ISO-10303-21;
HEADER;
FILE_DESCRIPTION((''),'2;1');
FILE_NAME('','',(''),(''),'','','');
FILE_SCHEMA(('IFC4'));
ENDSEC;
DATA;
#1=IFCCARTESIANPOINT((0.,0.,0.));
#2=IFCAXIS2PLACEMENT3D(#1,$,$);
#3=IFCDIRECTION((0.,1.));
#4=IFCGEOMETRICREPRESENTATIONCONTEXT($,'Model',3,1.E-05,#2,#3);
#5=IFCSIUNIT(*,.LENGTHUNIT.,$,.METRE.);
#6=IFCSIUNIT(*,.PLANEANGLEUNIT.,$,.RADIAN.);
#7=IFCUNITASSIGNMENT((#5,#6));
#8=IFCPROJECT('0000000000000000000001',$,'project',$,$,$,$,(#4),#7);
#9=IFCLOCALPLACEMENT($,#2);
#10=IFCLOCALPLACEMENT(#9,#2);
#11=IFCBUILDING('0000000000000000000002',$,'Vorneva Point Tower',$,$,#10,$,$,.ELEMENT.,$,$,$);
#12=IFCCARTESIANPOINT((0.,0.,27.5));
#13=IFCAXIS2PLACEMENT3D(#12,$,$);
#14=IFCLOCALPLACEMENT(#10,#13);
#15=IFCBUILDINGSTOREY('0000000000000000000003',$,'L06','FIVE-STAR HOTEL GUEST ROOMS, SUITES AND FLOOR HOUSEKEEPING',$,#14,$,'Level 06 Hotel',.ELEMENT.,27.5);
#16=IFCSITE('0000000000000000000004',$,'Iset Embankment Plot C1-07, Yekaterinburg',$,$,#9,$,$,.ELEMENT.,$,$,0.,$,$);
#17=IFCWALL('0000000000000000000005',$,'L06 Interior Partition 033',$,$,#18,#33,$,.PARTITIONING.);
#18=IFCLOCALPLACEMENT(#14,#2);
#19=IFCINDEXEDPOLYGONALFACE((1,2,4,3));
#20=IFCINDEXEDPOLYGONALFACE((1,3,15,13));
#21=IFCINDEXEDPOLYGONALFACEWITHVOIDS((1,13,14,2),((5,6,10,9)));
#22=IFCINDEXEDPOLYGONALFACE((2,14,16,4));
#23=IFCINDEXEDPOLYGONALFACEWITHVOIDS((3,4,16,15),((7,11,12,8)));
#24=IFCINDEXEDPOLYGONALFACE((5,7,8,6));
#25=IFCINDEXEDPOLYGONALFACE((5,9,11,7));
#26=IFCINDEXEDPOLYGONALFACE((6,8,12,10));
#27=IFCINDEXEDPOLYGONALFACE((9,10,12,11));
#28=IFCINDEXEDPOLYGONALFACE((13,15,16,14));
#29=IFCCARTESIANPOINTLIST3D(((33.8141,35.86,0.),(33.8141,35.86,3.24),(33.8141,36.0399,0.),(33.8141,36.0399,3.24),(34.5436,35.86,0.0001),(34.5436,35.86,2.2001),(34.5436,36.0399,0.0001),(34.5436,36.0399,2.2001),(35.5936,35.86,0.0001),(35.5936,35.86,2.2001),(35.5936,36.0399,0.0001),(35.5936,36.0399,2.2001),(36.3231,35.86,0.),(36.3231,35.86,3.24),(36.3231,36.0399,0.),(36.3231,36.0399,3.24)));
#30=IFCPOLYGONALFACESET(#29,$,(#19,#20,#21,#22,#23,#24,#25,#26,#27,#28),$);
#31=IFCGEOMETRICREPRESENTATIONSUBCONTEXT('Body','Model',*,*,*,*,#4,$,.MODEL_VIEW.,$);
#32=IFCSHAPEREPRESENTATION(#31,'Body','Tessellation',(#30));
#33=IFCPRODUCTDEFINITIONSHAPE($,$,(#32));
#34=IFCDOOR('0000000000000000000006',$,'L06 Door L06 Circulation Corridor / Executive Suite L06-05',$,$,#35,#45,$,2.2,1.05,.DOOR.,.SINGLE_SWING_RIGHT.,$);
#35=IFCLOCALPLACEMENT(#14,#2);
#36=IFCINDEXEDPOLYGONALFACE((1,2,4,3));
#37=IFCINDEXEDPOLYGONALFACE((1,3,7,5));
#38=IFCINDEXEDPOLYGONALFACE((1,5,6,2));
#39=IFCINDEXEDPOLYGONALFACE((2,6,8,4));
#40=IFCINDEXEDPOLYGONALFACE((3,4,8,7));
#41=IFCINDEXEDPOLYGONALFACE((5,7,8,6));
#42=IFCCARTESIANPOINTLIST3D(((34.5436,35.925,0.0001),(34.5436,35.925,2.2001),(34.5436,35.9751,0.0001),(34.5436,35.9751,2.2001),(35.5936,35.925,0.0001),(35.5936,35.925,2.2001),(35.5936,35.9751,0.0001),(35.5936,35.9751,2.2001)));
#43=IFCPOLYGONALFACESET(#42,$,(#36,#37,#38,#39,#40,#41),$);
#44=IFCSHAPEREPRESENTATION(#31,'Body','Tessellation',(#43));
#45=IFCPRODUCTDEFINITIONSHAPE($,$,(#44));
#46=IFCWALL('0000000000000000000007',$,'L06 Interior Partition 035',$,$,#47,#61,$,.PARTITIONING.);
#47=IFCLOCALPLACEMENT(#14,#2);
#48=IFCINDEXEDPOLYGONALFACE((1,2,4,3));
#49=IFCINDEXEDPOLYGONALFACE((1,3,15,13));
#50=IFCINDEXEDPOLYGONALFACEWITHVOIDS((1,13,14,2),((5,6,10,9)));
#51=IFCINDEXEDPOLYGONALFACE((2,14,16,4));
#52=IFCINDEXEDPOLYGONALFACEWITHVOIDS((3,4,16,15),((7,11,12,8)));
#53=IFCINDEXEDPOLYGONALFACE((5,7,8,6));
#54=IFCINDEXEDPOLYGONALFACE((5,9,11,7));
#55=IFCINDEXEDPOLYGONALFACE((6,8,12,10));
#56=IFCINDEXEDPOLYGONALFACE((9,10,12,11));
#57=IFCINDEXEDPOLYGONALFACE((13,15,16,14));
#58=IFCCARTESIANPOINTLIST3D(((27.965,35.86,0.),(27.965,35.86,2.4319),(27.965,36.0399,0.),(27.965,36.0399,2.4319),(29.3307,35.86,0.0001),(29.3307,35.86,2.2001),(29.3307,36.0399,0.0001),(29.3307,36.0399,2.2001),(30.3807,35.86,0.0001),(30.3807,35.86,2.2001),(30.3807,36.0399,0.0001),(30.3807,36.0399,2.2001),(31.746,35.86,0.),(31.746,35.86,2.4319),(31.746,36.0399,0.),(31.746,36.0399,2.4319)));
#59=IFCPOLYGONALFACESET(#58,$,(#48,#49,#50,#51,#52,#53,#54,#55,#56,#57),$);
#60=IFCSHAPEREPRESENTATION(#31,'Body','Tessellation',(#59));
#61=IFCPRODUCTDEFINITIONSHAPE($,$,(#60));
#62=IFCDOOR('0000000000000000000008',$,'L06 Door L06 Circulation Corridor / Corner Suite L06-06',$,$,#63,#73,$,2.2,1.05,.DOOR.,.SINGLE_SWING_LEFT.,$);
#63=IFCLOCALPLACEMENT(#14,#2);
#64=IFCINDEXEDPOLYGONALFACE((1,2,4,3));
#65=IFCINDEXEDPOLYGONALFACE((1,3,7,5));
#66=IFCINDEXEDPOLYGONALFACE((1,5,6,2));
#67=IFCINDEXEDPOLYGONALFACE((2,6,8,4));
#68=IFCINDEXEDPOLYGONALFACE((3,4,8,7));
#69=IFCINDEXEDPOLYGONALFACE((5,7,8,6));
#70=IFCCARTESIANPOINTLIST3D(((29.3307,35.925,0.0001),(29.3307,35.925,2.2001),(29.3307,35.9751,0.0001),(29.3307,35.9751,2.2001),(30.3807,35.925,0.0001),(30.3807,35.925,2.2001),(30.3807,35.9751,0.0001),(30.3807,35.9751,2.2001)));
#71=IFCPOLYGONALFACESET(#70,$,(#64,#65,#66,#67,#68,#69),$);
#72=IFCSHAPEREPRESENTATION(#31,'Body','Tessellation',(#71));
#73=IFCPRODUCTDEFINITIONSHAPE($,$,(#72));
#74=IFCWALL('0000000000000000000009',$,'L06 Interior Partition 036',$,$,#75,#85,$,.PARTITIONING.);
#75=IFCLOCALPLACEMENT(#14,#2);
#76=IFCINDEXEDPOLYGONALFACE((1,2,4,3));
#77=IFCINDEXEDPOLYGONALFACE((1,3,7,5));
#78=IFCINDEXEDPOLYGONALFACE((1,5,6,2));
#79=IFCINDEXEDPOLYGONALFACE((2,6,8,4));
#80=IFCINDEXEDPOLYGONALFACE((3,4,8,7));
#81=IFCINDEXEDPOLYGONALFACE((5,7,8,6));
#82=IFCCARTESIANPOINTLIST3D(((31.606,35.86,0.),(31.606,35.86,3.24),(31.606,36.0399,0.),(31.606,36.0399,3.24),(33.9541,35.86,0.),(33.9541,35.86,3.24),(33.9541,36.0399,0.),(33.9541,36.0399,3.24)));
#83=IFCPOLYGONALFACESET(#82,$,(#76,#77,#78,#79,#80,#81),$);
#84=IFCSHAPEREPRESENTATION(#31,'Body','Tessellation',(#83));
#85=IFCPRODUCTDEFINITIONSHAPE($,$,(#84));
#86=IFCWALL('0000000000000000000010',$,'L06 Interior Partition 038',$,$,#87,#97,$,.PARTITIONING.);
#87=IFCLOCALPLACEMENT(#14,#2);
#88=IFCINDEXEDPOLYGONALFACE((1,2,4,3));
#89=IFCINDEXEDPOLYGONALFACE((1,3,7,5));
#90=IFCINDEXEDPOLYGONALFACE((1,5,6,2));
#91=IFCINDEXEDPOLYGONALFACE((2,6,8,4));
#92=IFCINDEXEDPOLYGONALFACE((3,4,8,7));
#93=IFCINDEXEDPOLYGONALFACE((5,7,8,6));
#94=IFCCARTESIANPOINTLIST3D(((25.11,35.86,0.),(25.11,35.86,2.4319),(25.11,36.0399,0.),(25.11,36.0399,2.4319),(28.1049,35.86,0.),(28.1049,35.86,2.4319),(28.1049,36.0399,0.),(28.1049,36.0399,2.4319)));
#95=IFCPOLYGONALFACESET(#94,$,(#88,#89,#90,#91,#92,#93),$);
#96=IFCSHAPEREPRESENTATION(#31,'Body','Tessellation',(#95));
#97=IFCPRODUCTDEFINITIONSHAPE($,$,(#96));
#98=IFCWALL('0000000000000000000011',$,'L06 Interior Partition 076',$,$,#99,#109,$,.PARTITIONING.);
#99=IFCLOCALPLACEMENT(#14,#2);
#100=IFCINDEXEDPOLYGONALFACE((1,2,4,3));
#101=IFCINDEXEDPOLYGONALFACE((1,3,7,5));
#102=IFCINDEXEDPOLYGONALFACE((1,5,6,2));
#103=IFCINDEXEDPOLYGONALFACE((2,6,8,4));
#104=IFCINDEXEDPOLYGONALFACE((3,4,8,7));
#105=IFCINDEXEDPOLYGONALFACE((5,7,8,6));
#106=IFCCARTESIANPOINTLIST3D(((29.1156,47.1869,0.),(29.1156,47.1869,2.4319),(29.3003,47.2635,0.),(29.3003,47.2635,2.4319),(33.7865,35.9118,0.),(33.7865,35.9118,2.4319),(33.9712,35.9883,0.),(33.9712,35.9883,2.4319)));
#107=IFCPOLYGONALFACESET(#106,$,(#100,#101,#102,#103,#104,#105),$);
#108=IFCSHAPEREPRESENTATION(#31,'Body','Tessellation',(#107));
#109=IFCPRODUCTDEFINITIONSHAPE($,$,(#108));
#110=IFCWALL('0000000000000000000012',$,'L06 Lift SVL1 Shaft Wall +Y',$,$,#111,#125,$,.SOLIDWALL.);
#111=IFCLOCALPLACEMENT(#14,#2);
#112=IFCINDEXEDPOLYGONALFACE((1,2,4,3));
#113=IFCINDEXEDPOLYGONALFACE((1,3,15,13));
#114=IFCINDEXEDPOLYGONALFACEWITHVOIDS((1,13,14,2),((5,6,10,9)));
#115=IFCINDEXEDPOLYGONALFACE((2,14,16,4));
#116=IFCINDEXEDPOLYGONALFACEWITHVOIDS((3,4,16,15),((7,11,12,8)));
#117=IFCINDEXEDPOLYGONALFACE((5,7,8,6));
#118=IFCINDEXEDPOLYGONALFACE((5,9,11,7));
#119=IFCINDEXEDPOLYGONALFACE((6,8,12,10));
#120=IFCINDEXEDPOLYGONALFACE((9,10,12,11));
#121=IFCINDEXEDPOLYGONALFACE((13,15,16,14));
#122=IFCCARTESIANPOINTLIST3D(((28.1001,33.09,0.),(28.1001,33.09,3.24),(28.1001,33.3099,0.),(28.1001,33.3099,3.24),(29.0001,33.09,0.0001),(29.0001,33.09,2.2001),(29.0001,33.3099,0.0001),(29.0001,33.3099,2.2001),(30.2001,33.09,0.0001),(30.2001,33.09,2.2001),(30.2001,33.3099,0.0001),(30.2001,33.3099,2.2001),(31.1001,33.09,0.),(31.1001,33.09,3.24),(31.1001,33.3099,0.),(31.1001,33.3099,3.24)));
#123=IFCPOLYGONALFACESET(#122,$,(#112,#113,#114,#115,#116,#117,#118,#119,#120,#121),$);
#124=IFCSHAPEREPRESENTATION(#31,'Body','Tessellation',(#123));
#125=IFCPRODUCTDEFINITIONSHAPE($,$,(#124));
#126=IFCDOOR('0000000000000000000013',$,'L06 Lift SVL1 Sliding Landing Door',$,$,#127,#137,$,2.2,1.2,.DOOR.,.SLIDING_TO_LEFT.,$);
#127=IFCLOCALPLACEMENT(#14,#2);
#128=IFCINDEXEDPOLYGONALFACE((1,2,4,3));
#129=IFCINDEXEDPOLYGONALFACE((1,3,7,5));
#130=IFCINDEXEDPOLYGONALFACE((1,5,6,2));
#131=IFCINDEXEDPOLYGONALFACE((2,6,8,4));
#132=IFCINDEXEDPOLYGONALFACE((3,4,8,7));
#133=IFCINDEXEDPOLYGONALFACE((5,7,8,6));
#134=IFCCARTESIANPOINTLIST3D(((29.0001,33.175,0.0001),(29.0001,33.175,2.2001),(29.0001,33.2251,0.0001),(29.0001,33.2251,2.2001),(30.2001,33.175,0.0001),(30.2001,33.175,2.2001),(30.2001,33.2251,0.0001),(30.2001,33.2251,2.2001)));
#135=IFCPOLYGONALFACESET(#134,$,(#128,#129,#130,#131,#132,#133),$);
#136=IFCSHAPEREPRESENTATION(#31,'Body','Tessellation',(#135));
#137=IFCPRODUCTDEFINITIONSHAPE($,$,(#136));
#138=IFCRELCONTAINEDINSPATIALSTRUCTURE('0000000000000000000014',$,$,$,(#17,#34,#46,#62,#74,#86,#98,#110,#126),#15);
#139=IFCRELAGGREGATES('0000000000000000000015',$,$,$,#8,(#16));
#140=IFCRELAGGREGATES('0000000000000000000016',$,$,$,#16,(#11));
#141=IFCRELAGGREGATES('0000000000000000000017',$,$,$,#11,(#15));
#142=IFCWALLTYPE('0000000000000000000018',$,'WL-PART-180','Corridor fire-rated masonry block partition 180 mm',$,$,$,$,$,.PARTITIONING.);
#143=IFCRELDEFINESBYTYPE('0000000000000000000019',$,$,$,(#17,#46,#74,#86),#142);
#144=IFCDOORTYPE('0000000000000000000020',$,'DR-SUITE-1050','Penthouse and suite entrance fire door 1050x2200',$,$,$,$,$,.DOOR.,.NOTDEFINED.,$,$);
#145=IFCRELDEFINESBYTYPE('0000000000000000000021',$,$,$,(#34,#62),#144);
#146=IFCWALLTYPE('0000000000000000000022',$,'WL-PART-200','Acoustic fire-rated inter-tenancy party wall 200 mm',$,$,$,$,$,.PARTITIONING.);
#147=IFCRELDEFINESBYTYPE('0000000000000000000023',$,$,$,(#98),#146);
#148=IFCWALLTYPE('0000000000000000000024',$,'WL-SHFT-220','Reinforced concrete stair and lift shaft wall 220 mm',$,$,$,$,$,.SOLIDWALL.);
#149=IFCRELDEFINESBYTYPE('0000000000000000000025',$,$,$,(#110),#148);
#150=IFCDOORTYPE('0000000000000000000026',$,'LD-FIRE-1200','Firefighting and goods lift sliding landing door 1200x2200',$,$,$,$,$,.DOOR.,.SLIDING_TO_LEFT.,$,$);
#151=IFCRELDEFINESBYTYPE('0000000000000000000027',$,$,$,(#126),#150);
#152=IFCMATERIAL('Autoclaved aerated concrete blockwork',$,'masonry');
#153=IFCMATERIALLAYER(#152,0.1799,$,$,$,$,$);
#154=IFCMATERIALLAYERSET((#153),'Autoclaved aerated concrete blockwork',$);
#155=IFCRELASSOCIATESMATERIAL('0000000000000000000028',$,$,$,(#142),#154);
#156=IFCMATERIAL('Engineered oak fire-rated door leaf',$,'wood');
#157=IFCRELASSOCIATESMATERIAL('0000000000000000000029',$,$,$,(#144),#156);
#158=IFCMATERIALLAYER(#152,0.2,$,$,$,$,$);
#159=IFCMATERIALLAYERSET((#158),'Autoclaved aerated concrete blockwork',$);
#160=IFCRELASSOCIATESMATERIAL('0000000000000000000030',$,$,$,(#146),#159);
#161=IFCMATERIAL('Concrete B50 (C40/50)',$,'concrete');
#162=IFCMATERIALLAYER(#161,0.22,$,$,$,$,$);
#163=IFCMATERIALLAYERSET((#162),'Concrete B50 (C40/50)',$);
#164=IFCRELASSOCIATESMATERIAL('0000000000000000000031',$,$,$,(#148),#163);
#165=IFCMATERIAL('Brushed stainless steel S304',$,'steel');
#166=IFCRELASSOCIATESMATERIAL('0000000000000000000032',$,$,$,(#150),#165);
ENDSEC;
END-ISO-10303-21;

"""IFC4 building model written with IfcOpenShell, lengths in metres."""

from ifc_helpers import new_model, si_unit, direction, frame, frame_2d, origin, place, context, subcontext, project, spatial, rectangle, extrude, material, layer, layer_set, type_object, element, fill, save


model = new_model("IFC4")

# Units and contexts
model_context = context("Model", 3, precision=1e-05, world=origin(), true_north=direction((0.0, 1.0)))
body_context = subcontext(model_context, "Body", "Model", "MODEL_VIEW")
ifc_project = project(units=[si_unit("LENGTHUNIT", "METRE"), si_unit("PLANEANGLEUNIT", "RADIAN")], contexts=[model_context])

# Site, building, storey
site_placement = place(None, origin())
site = spatial("IfcSite", under=ifc_project, at=site_placement, Name="Iset Embankment Plot C1-07, Yekaterinburg", CompositionType="ELEMENT", RefElevation=0.0)
building_placement = place(site_placement, origin())
building = spatial("IfcBuilding", under=site, at=building_placement, Name="Vorneva Point Tower", CompositionType="ELEMENT")
storey_placement = place(building_placement, frame((0.0, 0.0, 27.5)))
storey = spatial("IfcBuildingStorey", under=building, at=storey_placement, Name="L06", Description="FIVE-STAR HOTEL GUEST ROOMS, SUITES AND FLOOR HOUSEKEEPING", LongName="Level 06 Hotel", CompositionType="ELEMENT", Elevation=27.5)

# Shared definitions
ifc_material_1 = material(Name="Engineered oak fire-rated door leaf", Category="wood")

# Shared definitions
ifc_material_2 = material(Name="Autoclaved aerated concrete blockwork", Category="masonry")
ifc_layer_1 = layer(ifc_material_2, 0.1799)
ifc_layer_set_1 = layer_set([ifc_layer_1], Name="Autoclaved aerated concrete blockwork")
wall_type_1 = type_object("IfcWallType", Name="WL-PART-180", Description="Corridor fire-rated masonry block partition 180 mm", PredefinedType="PARTITIONING", material=ifc_layer_set_1)

# Walls, openings, doors
wall_1_placement = place(storey_placement, frame((36.323, 35.95, 0.0), z_axis=(0.0, 0.0, 1.0), x_axis=(-1.0, 0.0, 0.0)))
wall_1 = element("IfcWall", 1, at=wall_1_placement, inside=storey, type_object=wall_type_1, Name="L06 Interior Partition 033", PredefinedType="PARTITIONING", context=body_context, shape_type="SweptSolid", body=[
    extrude(rectangle(XDim=2.509, YDim=0.1799, at=frame_2d((1.2544, 0.0))), origin(), (0.0, 0.0, 1.0), 3.24),
])
opening_1_placement = place(wall_1_placement, frame((0.7295, 0.0, 0.0)))
opening_1 = element("IfcOpeningElement", 2, at=opening_1_placement, cuts=wall_1, PredefinedType="OPENING", context=body_context, shape_type="SweptSolid", body=[
    extrude(rectangle(XDim=1.05, YDim=2.2, at=frame_2d((0.5249, 1.1001))), frame((0.0, 0.105, 0.0), z_axis=(0.0, -1.0, 0.0), x_axis=(1.0, 0.0, 0.0)), (0.0, 0.0, 1.0), 0.2097),
])
door_type_1 = type_object("IfcDoorType", Name="DR-SUITE-1050", Description="Penthouse and suite entrance fire door 1050x2200", OperationType="NOTDEFINED", PredefinedType="DOOR", material=ifc_material_1)
door_1_placement = place(opening_1_placement, origin())
door_1 = element("IfcDoor", 3, at=door_1_placement, inside=storey, type_object=door_type_1, Name="L06 Door L06 Circulation Corridor / Executive Suite L06-05", OperationType="SINGLE_SWING_RIGHT", OverallHeight=2.2, OverallWidth=1.05, PredefinedType="DOOR", context=body_context, shape_type="SweptSolid", body=[
    extrude(rectangle(XDim=1.05, YDim=2.2, at=frame_2d((0.5249, 1.1001))), frame((0.0, 0.0249, 0.0), z_axis=(0.0, -1.0, 0.0), x_axis=(1.0, 0.0, 0.0)), (0.0, 0.0, 1.0), 0.05),
])
fill(opening_1, door_1)
wall_2_placement = place(storey_placement, frame((31.7461, 35.95, 0.0), z_axis=(0.0, 0.0, 1.0), x_axis=(-1.0, 0.0, 0.0)))
wall_2 = element("IfcWall", 4, at=wall_2_placement, inside=storey, type_object=wall_type_1, Name="L06 Interior Partition 035", PredefinedType="PARTITIONING", context=body_context, shape_type="SweptSolid", body=[
    extrude(rectangle(XDim=3.781, YDim=0.1799, at=frame_2d((1.8906, 0.0))), origin(), (0.0, 0.0, 1.0), 2.4319),
])
opening_2_placement = place(wall_2_placement, frame((1.3655, 0.0, 0.0)))
opening_2 = element("IfcOpeningElement", 5, at=opening_2_placement, cuts=wall_2, PredefinedType="OPENING", context=body_context, shape_type="SweptSolid", body=[
    extrude(rectangle(XDim=1.05, YDim=2.2, at=frame_2d((0.5249, 1.1001))), frame((0.0, 0.105, 0.0), z_axis=(0.0, -1.0, 0.0), x_axis=(1.0, 0.0, 0.0)), (0.0, 0.0, 1.0), 0.2097),
])
door_2_placement = place(opening_2_placement, origin())
door_2 = element("IfcDoor", 6, at=door_2_placement, inside=storey, type_object=door_type_1, Name="L06 Door L06 Circulation Corridor / Corner Suite L06-06", OperationType="SINGLE_SWING_LEFT", OverallHeight=2.2, OverallWidth=1.05, PredefinedType="DOOR", context=body_context, shape_type="SweptSolid", body=[
    extrude(rectangle(XDim=1.05, YDim=2.2, at=frame_2d((0.5249, 1.1001))), frame((0.0, 0.0249, 0.0), z_axis=(0.0, -1.0, 0.0), x_axis=(1.0, 0.0, 0.0)), (0.0, 0.0, 1.0), 0.05),
])
fill(opening_2, door_2)

# Walls
wall_3_placement = place(storey_placement, frame((33.9541, 35.95, 0.0), z_axis=(0.0, 0.0, 1.0), x_axis=(-1.0, 0.0, 0.0)))
element("IfcWall", 7, at=wall_3_placement, inside=storey, type_object=wall_type_1, Name="L06 Interior Partition 036", PredefinedType="PARTITIONING", context=body_context, shape_type="SweptSolid", body=[
    extrude(rectangle(XDim=2.3481, YDim=0.1799, at=frame_2d((1.1741, 0.0))), origin(), (0.0, 0.0, 1.0), 3.24),
])
wall_4_placement = place(storey_placement, frame((28.105, 35.95, 0.0), z_axis=(0.0, 0.0, 1.0), x_axis=(-1.0, 0.0, 0.0)))
element("IfcWall", 8, at=wall_4_placement, inside=storey, type_object=wall_type_1, Name="L06 Interior Partition 038", PredefinedType="PARTITIONING", context=body_context, shape_type="SweptSolid", body=[
    extrude(rectangle(XDim=2.9949, YDim=0.1799, at=frame_2d((1.4976, 0.0))), origin(), (0.0, 0.0, 1.0), 2.4319),
])
ifc_layer_2 = layer(ifc_material_2, 0.2)
ifc_layer_set_2 = layer_set([ifc_layer_2], Name="Autoclaved aerated concrete blockwork")
wall_type_2 = type_object("IfcWallType", Name="WL-PART-200", Description="Acoustic fire-rated inter-tenancy party wall 200 mm", PredefinedType="PARTITIONING", material=ifc_layer_set_2)
wall_5_placement = place(storey_placement, frame((29.208, 47.2251, 0.0), z_axis=(0.0, 0.0, 1.0), x_axis=(0.382724, -0.923863, 0.0)))
element("IfcWall", 9, at=wall_5_placement, inside=storey, type_object=wall_type_2, Name="L06 Interior Partition 076", PredefinedType="PARTITIONING", context=body_context, shape_type="SweptSolid", body=[
    extrude(rectangle(XDim=12.2043, YDim=0.2, at=frame_2d((6.1021, 0.0))), origin(), (0.0, 0.0, 1.0), 2.4319),
])

# Wall, opening, door
ifc_material_3 = material(Name="Concrete B50 (C40/50)", Category="concrete")
ifc_layer_3 = layer(ifc_material_3, 0.22)
ifc_layer_set_3 = layer_set([ifc_layer_3], Name="Concrete B50 (C40/50)")
wall_type_3 = type_object("IfcWallType", Name="WL-SHFT-220", Description="Reinforced concrete stair and lift shaft wall 220 mm", PredefinedType="SOLIDWALL", material=ifc_layer_set_3)
wall_6_placement = place(storey_placement, frame((31.1001, 33.2, 0.0), z_axis=(0.0, 0.0, 1.0), x_axis=(-1.0, 0.0, 0.0)))
wall_6 = element("IfcWall", 10, at=wall_6_placement, inside=storey, type_object=wall_type_3, Name="L06 Lift SVL1 Shaft Wall +Y", PredefinedType="SOLIDWALL", context=body_context, shape_type="SweptSolid", body=[
    extrude(rectangle(XDim=3.0, YDim=0.22, at=frame_2d((1.5, 0.0))), origin(), (0.0, 0.0, 1.0), 3.24),
])
opening_3_placement = place(wall_6_placement, frame((0.8999, 0.0, 0.0)))
opening_3 = element("IfcOpeningElement", 11, at=opening_3_placement, cuts=wall_6, PredefinedType="OPENING", context=body_context, shape_type="SweptSolid", body=[
    extrude(rectangle(XDim=1.2, YDim=2.2, at=frame_2d((0.6001, 1.1001))), frame((0.0, 0.125, 0.0), z_axis=(0.0, -1.0, 0.0), x_axis=(1.0, 0.0, 0.0)), (0.0, 0.0, 1.0), 0.2498),
])
ifc_material_4 = material(Name="Brushed stainless steel S304", Category="steel")
door_type_2 = type_object("IfcDoorType", Name="LD-FIRE-1200", Description="Firefighting and goods lift sliding landing door 1200x2200", OperationType="SLIDING_TO_LEFT", PredefinedType="DOOR", material=ifc_material_4)
door_3_placement = place(opening_3_placement, origin())
door_3 = element("IfcDoor", 12, at=door_3_placement, inside=storey, type_object=door_type_2, Name="L06 Lift SVL1 Sliding Landing Door", OperationType="SLIDING_TO_LEFT", OverallHeight=2.2, OverallWidth=1.2, PredefinedType="DOOR", context=body_context, shape_type="SweptSolid", body=[
    extrude(rectangle(XDim=1.2, YDim=2.2, at=frame_2d((0.6001, 1.1001))), frame((0.0, 0.0249, 0.0), z_axis=(0.0, -1.0, 0.0), x_axis=(1.0, 0.0, 0.0)), (0.0, 0.0, 1.0), 0.05),
])
fill(opening_3, door_3)

save(model, "model.ifc")
